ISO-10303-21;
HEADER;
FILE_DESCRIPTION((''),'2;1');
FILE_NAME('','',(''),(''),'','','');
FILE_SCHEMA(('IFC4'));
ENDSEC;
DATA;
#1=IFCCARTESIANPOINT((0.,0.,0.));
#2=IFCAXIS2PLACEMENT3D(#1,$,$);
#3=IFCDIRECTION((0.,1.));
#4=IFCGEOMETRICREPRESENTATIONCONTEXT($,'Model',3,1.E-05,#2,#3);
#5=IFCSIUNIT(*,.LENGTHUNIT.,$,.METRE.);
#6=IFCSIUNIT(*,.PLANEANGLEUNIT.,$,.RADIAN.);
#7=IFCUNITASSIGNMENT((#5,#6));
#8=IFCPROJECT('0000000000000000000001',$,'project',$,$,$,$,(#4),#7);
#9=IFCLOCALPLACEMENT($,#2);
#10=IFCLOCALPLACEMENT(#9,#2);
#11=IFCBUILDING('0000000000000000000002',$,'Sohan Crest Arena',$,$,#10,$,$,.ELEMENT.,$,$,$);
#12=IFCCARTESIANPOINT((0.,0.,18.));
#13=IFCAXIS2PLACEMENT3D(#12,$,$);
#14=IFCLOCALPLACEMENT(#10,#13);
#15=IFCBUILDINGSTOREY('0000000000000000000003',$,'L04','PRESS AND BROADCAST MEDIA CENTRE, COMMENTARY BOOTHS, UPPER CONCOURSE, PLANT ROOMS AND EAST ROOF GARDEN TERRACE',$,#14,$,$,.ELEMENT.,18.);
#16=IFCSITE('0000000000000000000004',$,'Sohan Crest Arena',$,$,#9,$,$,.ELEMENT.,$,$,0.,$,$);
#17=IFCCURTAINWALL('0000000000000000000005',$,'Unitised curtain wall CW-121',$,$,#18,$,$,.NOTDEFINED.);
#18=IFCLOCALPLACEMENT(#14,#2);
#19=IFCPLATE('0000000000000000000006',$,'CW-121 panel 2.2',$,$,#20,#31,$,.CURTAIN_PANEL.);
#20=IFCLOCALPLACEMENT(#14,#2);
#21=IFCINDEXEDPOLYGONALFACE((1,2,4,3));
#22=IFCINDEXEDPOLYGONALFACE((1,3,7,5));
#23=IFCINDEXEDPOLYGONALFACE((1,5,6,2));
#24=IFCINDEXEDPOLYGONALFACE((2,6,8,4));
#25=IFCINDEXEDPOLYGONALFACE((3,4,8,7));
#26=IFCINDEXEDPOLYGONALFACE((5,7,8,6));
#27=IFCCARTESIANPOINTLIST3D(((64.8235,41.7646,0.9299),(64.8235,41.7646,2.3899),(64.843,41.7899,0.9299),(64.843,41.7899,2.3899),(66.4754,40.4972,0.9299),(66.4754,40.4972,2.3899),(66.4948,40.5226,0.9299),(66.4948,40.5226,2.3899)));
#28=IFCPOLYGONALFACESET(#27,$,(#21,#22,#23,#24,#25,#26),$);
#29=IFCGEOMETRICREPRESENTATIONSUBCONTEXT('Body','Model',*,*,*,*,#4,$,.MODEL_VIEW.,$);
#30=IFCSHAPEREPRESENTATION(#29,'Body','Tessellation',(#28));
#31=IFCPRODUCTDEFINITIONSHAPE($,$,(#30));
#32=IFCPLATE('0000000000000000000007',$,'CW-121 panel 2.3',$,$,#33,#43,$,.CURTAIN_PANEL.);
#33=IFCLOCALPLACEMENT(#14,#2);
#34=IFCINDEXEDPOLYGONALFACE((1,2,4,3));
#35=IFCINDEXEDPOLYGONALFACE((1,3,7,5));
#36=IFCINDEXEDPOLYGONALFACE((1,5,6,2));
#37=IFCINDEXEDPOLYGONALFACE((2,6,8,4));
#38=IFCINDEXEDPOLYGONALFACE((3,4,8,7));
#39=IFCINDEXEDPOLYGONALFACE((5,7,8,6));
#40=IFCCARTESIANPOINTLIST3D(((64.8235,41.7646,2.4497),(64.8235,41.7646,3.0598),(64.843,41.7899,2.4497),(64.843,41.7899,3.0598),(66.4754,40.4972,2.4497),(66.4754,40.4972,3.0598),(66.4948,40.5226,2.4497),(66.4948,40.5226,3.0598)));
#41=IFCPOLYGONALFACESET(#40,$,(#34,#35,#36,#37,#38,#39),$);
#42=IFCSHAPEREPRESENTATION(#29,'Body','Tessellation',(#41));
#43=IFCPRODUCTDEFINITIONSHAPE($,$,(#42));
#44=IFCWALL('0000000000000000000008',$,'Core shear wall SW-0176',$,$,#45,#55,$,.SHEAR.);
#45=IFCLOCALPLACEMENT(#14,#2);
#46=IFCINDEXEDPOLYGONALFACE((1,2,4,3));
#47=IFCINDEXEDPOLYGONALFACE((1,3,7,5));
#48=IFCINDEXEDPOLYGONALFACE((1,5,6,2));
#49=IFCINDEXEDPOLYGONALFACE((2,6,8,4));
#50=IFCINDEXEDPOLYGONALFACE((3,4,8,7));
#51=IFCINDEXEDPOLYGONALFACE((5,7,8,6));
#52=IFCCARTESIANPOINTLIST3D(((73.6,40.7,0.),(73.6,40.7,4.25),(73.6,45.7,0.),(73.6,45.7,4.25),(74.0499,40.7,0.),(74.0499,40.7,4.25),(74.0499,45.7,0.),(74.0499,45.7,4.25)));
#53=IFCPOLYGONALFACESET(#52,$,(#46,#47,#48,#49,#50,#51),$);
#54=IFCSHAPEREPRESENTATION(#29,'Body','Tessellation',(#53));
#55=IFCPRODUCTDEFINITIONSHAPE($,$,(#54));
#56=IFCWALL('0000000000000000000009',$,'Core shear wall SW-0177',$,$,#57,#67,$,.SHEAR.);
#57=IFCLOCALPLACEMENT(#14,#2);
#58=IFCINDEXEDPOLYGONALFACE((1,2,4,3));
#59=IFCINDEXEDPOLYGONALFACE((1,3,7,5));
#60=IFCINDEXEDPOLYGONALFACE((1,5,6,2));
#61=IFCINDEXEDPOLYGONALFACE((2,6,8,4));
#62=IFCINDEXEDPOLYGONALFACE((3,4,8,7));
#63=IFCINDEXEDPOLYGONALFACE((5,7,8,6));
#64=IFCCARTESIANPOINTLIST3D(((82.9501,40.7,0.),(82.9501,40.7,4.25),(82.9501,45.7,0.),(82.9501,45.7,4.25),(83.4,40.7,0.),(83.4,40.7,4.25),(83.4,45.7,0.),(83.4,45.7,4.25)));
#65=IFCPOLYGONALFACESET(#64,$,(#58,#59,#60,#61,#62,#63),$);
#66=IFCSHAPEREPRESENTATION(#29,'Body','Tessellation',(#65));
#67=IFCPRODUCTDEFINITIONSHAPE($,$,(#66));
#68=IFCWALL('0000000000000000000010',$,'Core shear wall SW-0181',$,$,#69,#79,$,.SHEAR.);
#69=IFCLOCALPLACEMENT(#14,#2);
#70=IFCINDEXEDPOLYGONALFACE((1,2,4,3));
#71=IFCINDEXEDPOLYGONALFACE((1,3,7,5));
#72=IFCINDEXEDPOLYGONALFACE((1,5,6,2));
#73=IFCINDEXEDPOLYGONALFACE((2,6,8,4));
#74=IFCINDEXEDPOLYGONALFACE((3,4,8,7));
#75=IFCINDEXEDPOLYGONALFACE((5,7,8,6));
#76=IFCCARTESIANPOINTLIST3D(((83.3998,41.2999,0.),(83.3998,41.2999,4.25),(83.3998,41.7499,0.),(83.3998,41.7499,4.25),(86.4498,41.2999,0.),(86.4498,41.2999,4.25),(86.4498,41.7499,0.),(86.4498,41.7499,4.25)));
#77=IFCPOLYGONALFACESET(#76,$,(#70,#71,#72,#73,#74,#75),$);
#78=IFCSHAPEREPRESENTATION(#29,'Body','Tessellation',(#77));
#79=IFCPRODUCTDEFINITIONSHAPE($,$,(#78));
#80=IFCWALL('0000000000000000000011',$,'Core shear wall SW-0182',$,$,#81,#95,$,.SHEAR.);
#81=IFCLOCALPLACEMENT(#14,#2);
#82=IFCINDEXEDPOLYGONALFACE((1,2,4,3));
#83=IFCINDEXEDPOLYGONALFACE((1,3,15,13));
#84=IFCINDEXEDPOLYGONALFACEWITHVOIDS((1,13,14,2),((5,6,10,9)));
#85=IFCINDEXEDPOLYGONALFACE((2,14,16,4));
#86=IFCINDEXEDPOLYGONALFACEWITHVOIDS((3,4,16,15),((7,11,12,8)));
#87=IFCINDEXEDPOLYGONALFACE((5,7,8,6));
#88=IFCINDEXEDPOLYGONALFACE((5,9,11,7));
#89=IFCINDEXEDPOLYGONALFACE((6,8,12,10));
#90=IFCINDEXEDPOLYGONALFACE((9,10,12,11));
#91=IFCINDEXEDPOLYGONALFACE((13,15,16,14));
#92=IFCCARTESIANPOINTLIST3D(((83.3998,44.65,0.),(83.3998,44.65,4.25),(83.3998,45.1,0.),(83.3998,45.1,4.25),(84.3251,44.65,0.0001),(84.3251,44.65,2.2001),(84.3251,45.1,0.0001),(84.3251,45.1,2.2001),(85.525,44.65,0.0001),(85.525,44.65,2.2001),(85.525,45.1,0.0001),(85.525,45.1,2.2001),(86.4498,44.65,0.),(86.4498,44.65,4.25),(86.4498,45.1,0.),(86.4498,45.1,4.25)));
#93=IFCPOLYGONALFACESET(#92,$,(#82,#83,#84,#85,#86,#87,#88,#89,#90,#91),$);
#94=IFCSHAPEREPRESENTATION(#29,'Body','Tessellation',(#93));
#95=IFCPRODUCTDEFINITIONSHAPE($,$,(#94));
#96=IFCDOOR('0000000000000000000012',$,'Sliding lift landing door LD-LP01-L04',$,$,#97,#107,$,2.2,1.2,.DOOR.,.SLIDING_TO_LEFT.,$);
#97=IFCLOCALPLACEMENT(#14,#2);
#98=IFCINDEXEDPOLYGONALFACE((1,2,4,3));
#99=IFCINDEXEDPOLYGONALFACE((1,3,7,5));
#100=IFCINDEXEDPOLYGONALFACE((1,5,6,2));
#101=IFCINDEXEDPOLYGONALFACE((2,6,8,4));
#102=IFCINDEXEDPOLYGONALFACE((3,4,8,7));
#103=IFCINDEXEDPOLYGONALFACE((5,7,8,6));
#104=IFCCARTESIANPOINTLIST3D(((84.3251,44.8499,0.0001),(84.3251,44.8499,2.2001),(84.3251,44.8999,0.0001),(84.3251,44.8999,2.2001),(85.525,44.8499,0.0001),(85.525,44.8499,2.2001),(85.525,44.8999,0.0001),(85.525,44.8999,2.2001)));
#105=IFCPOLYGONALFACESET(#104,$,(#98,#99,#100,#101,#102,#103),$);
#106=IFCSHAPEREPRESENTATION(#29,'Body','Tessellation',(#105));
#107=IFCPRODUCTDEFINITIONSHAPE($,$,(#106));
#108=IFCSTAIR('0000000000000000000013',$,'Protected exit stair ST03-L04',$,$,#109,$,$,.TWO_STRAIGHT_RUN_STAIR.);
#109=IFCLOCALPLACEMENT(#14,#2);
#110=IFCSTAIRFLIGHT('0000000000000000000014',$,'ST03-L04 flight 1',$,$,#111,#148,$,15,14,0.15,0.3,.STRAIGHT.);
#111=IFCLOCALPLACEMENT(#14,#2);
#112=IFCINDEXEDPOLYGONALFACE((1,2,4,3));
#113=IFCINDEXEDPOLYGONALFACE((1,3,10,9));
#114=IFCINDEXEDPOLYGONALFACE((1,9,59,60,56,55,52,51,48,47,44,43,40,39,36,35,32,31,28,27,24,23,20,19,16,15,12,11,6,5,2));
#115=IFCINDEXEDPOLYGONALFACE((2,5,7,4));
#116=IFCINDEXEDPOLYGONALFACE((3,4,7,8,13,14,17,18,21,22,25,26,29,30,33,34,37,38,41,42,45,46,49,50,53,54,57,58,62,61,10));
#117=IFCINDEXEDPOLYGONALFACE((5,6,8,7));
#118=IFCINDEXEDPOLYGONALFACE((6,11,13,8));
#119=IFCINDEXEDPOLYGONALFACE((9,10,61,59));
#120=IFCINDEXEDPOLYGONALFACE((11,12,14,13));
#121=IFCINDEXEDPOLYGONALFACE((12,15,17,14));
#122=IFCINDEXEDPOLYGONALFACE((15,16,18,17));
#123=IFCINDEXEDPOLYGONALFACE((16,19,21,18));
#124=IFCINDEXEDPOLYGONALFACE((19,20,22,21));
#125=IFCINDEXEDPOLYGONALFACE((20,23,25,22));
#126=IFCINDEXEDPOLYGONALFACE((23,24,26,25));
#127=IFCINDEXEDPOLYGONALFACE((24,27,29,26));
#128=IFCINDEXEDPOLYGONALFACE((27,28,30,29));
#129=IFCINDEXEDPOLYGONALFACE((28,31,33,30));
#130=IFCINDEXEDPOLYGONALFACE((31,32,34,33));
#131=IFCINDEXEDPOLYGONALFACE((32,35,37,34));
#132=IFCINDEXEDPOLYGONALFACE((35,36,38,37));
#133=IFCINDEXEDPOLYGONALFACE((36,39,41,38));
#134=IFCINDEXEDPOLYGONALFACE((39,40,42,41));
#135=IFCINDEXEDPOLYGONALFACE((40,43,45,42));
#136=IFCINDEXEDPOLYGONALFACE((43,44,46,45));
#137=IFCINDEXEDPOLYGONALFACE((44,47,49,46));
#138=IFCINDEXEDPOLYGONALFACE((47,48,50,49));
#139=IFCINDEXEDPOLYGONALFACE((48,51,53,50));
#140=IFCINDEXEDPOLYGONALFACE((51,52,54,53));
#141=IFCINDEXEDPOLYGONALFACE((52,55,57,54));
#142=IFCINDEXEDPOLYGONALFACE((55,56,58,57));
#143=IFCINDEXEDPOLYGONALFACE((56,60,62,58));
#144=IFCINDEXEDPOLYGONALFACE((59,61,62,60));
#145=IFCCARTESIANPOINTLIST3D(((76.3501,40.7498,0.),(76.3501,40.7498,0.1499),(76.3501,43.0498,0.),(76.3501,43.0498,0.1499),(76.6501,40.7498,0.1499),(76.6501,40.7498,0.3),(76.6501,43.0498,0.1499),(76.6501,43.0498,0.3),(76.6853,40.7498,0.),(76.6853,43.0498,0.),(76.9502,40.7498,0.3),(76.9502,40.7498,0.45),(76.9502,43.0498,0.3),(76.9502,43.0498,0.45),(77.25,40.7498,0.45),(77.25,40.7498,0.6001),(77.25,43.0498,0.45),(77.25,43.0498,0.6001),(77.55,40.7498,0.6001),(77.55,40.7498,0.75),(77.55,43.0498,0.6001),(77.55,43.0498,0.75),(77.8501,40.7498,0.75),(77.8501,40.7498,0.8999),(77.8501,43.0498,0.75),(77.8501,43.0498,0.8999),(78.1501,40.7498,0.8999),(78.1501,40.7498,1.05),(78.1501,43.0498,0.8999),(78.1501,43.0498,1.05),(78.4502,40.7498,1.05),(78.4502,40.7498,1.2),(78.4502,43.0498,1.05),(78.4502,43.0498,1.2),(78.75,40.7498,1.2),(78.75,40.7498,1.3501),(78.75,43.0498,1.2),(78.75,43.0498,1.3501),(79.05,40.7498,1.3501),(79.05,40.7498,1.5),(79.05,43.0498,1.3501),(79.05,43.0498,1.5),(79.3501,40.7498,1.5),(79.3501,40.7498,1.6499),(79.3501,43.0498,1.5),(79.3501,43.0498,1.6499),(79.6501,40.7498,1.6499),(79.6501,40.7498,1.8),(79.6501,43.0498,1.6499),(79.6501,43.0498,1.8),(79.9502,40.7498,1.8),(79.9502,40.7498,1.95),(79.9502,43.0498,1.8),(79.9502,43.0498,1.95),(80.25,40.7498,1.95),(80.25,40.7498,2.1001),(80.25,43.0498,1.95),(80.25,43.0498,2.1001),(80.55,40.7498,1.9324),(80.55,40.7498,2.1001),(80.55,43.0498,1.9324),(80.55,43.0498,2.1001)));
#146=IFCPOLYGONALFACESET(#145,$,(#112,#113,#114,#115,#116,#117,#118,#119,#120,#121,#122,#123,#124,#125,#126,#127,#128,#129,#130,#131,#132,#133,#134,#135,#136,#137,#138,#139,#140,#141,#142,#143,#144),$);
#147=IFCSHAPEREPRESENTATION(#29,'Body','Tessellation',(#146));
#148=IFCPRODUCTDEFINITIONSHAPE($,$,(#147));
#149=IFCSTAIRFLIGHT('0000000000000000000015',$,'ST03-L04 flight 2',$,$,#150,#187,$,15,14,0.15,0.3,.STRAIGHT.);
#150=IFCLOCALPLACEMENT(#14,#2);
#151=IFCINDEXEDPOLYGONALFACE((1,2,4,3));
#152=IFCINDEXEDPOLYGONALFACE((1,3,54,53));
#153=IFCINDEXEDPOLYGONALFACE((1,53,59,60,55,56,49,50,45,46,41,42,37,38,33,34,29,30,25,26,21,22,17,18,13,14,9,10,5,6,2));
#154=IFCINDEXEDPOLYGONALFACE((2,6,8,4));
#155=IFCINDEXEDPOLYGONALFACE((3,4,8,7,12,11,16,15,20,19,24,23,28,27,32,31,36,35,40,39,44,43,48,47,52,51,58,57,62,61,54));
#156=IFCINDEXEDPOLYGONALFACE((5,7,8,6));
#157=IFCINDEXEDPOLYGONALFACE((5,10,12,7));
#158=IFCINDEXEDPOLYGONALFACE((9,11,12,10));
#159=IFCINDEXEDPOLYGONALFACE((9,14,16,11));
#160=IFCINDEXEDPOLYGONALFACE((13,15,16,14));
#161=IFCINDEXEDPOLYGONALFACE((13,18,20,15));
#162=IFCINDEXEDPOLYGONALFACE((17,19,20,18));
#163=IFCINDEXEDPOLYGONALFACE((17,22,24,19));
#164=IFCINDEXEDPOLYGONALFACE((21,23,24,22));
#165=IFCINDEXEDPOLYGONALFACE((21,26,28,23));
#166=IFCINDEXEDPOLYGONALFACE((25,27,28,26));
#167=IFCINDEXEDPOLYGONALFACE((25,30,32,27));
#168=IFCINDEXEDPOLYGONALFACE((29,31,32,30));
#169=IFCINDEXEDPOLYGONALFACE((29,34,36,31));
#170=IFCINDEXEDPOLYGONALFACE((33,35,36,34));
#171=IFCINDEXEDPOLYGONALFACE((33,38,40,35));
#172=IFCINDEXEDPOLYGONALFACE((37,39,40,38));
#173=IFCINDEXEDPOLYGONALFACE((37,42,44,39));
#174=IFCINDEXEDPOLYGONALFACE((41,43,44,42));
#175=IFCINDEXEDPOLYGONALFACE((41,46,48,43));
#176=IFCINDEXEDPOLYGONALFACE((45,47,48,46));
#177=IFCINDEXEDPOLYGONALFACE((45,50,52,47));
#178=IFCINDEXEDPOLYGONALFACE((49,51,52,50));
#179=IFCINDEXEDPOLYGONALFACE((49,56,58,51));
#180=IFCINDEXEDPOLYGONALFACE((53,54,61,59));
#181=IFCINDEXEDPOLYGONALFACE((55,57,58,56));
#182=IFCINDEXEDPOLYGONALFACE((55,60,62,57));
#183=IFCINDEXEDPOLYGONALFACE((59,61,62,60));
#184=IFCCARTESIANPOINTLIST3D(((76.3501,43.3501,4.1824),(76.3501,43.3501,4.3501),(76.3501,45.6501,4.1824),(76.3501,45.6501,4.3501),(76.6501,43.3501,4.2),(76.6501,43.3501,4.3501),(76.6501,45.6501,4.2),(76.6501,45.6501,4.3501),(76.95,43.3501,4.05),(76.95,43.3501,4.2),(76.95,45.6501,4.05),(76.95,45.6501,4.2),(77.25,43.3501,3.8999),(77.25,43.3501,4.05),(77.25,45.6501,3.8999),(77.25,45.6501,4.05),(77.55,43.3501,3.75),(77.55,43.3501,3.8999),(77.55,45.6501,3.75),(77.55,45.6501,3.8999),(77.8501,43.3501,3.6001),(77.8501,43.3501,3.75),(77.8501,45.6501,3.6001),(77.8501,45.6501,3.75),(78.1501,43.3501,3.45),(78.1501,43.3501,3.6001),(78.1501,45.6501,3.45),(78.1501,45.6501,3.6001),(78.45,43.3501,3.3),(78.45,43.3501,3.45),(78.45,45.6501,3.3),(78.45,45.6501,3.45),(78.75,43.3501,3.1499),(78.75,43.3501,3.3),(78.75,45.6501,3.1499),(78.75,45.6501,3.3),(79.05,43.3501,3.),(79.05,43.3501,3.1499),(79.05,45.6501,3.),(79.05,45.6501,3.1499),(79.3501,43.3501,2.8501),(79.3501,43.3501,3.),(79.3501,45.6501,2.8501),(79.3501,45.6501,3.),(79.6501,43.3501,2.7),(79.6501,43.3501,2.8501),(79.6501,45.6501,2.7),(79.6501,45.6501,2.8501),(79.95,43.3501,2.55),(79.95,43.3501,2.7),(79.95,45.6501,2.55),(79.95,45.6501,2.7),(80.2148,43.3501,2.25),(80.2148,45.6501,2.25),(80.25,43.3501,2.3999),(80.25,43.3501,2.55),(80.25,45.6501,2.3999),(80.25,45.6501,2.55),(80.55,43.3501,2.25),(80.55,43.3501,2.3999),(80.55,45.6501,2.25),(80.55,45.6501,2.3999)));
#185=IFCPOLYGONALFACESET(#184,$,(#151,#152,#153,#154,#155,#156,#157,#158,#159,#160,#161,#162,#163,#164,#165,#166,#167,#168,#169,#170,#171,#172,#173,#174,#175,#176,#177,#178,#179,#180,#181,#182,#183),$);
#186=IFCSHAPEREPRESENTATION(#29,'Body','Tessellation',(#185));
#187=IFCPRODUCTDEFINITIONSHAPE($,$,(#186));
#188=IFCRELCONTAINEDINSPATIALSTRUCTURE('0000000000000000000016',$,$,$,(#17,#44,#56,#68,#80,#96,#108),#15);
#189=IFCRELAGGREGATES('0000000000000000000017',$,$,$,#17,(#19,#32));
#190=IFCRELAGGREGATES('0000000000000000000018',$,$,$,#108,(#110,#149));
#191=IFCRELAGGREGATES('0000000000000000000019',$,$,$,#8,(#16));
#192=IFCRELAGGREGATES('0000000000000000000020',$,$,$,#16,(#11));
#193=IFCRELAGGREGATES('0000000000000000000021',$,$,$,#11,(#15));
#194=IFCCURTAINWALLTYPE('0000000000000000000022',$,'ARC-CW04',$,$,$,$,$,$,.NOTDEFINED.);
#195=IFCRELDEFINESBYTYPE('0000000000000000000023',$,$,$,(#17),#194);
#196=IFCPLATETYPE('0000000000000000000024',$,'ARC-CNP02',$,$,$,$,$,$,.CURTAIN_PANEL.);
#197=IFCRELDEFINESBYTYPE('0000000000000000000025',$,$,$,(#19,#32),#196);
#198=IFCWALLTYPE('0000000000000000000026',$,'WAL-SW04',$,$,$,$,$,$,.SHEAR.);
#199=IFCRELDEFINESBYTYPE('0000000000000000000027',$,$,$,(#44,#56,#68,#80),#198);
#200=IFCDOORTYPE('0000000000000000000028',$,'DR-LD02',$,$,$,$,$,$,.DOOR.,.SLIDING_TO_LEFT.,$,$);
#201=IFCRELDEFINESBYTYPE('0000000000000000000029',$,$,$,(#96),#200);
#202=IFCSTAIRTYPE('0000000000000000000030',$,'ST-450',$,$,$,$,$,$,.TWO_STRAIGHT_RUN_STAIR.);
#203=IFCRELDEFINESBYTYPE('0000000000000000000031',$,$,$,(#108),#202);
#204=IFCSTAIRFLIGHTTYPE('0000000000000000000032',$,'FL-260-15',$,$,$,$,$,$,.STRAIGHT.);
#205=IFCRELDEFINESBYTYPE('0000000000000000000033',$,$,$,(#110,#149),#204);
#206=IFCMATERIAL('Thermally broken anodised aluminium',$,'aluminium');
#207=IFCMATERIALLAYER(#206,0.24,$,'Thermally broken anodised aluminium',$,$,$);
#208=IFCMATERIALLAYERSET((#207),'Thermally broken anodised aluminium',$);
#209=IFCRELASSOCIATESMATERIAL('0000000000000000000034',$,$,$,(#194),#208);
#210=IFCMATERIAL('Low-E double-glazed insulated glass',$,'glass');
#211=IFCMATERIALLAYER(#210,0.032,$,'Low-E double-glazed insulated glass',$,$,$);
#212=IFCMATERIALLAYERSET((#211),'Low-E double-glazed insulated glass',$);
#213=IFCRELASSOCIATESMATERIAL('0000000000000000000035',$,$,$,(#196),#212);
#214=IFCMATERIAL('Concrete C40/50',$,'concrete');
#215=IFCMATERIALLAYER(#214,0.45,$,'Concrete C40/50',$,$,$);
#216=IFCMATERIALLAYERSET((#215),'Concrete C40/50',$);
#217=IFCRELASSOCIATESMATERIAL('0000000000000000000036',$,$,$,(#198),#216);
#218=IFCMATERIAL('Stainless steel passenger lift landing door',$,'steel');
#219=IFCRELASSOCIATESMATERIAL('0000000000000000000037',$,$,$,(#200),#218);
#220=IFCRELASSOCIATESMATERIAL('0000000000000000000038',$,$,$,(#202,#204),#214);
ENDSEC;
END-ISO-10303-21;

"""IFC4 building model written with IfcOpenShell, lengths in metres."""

from ifc_helpers import new_model, si_unit, direction, frame, frame_2d, origin, origin_2d, place, context, subcontext, project, spatial, polyline, rectangle, outline, extrude, material, layer, layer_set, type_object, element, fill, aggregate, save


model = new_model("IFC4")

# Units and contexts
model_context = context("Model", 3, precision=1e-05, world=origin(), true_north=direction((0.0, 1.0)))
body_context = subcontext(model_context, "Body", "Model", "MODEL_VIEW")
ifc_project = project(units=[si_unit("LENGTHUNIT", "METRE"), si_unit("PLANEANGLEUNIT", "RADIAN")], contexts=[model_context])

# Site, building, storey
site_placement = place(None, origin())
site = spatial("IfcSite", under=ifc_project, at=site_placement, Name="Sohan Crest Arena", CompositionType="ELEMENT", RefElevation=0.0)
building_placement = place(site_placement, origin())
building = spatial("IfcBuilding", under=site, at=building_placement, Name="Sohan Crest Arena", CompositionType="ELEMENT")
storey_placement = place(building_placement, frame((0.0, 0.0, 18.0)))
storey = spatial("IfcBuildingStorey", under=building, at=storey_placement, Name="L04", Description="PRESS AND BROADCAST MEDIA CENTRE, COMMENTARY BOOTHS, UPPER CONCOURSE, PLANT ROOMS AND EAST ROOF GARDEN TERRACE", CompositionType="ELEMENT", Elevation=18.0)

# Curtain wall
ifc_material_1 = material(Name="Thermally broken anodised aluminium", Category="aluminium")
ifc_layer_1 = layer(ifc_material_1, 0.24, Name="Thermally broken anodised aluminium")
ifc_layer_set_1 = layer_set([ifc_layer_1], Name="Thermally broken anodised aluminium")
curtain_wall_type = type_object("IfcCurtainWallType", Name="ARC-CW04", PredefinedType="NOTDEFINED", material=ifc_layer_set_1)
curtain_wall_placement = place(storey_placement, origin())
curtain_wall = element("IfcCurtainWall", 1, at=curtain_wall_placement, inside=storey, type_object=curtain_wall_type, Name="Unitised curtain wall CW-121", PredefinedType="NOTDEFINED")

# Plates
ifc_material_2 = material(Name="Low-E double-glazed insulated glass", Category="glass")
ifc_layer_2 = layer(ifc_material_2, 0.032, Name="Low-E double-glazed insulated glass")
ifc_layer_set_2 = layer_set([ifc_layer_2], Name="Low-E double-glazed insulated glass")
plate_type = type_object("IfcPlateType", Name="ARC-CNP02", PredefinedType="CURTAIN_PANEL", material=ifc_layer_set_2)
plate_1_placement = place(storey_placement, frame((65.6592, 41.1436, 0.9299), z_axis=(0.0, 0.0, 1.0), x_axis=(0.793385, -0.60872, 0.0)))
plate_1 = element("IfcPlate", 2, at=plate_1_placement, type_object=plate_type, Name="CW-121 panel 2.2", PredefinedType="CURTAIN_PANEL", context=body_context, shape_type="SweptSolid", body=[
    extrude(rectangle(XDim=2.082, YDim=0.032, at=origin_2d()), origin(), (0.0, 0.0, 1.0), 1.46),
])
plate_2_placement = place(storey_placement, frame((65.6592, 41.1436, 2.4497), z_axis=(0.0, 0.0, 1.0), x_axis=(0.793385, -0.60872, 0.0)))
plate_2 = element("IfcPlate", 3, at=plate_2_placement, type_object=plate_type, Name="CW-121 panel 2.3", PredefinedType="CURTAIN_PANEL", context=body_context, shape_type="SweptSolid", body=[
    extrude(rectangle(XDim=2.082, YDim=0.032, at=origin_2d()), origin(), (0.0, 0.0, 1.0), 0.6101),
])
aggregate(curtain_wall, [plate_1, plate_2])

# Walls
ifc_material_3 = material(Name="Concrete C40/50", Category="concrete")
ifc_layer_3 = layer(ifc_material_3, 0.45, Name="Concrete C40/50")
ifc_layer_set_3 = layer_set([ifc_layer_3], Name="Concrete C40/50")
wall_type = type_object("IfcWallType", Name="WAL-SW04", PredefinedType="SHEAR", material=ifc_layer_set_3)
for number, where, z_axis, x_axis, name in (
    (4, (73.825, 40.7, 0.0), (0.0, 0.0, 1.0), (0.0, 1.0, 0.0), "Core shear wall SW-0176"),
    (5, (83.175, 40.7, 0.0), (0.0, 0.0, 1.0), (0.0, 1.0, 0.0), "Core shear wall SW-0177"),
):
    element("IfcWall", number, at=place(storey_placement, frame(where, z_axis=z_axis, x_axis=x_axis)), inside=storey, type_object=wall_type, Name=name, PredefinedType="SHEAR", context=body_context, shape_type="SweptSolid", body=[
        extrude(rectangle(XDim=5.0, YDim=0.45, at=frame_2d((2.5, 0.0))), origin(), (0.0, 0.0, 1.0), 4.25),
    ])
wall_1_placement = place(storey_placement, frame((83.3999, 41.5249, 0.0), z_axis=(0.0, 0.0, 1.0), x_axis=(1.0, 0.0, 0.0)))
element("IfcWall", 6, at=wall_1_placement, inside=storey, type_object=wall_type, Name="Core shear wall SW-0181", PredefinedType="SHEAR", context=body_context, shape_type="SweptSolid", body=[
    extrude(rectangle(XDim=3.05, YDim=0.45, at=frame_2d((1.5249, 0.0))), origin(), (0.0, 0.0, 1.0), 4.25),
])

# Wall, opening, door
wall_2_placement = place(storey_placement, frame((83.3999, 44.875, 0.0), z_axis=(0.0, 0.0, 1.0), x_axis=(1.0, 0.0, 0.0)))
wall_2 = element("IfcWall", 7, at=wall_2_placement, inside=storey, type_object=wall_type, Name="Core shear wall SW-0182", PredefinedType="SHEAR", context=body_context, shape_type="SweptSolid", body=[
    extrude(rectangle(XDim=3.05, YDim=0.45, at=frame_2d((1.5249, 0.0))), origin(), (0.0, 0.0, 1.0), 4.25),
])
opening_placement = place(wall_2_placement, frame((0.925, 0.0, 0.0)))
opening = element("IfcOpeningElement", 8, at=opening_placement, cuts=wall_2, PredefinedType="OPENING", context=body_context, shape_type="SweptSolid", body=[
    extrude(rectangle(XDim=1.2, YDim=2.2, at=frame_2d((0.6001, 1.1001))), frame((0.0, 0.2349, 0.0), z_axis=(0.0, -1.0, 0.0), x_axis=(1.0, 0.0, 0.0)), (0.0, 0.0, 1.0), 0.47),
])
ifc_material_4 = material(Name="Stainless steel passenger lift landing door", Category="steel")
door_type = type_object("IfcDoorType", Name="DR-LD02", OperationType="SLIDING_TO_LEFT", PredefinedType="DOOR", material=ifc_material_4)
door_placement = place(opening_placement, origin())
door = element("IfcDoor", 9, at=door_placement, inside=storey, type_object=door_type, Name="Sliding lift landing door LD-LP01-L04", OperationType="SLIDING_TO_LEFT", OverallHeight=2.2, OverallWidth=1.2, PredefinedType="DOOR", context=body_context, shape_type="SweptSolid", body=[
    extrude(rectangle(XDim=1.2, YDim=2.2, at=frame_2d((0.6001, 1.1001))), frame((0.0, 0.0249, 0.0), z_axis=(0.0, -1.0, 0.0), x_axis=(1.0, 0.0, 0.0)), (0.0, 0.0, 1.0), 0.05),
])
fill(opening, door)

# Stair, stair flights
stair_type = type_object("IfcStairType", Name="ST-450", PredefinedType="TWO_STRAIGHT_RUN_STAIR", material=ifc_material_3)
stair_placement = place(storey_placement, origin())
stair = element("IfcStair", 10, at=stair_placement, inside=storey, type_object=stair_type, Name="Protected exit stair ST03-L04", PredefinedType="TWO_STRAIGHT_RUN_STAIR")
stair_flight_type = type_object("IfcStairFlightType", Name="FL-260-15", PredefinedType="STRAIGHT", material=ifc_material_3)
stair_flight_1_placement = place(storey_placement, frame((76.3501, 41.8999, 0.0), z_axis=(0.0, 0.0, 1.0), x_axis=(1.0, 0.0, 0.0)))
stair_flight_1 = element("IfcStairFlight", 11, at=stair_flight_1_placement, type_object=stair_flight_type, Name="ST03-L04 flight 1", NumberOfRisers=15, NumberOfTreads=14, PredefinedType="STRAIGHT", RiserHeight=0.15, TreadLength=0.3, context=body_context, shape_type="SweptSolid", body=[
    extrude(outline(polyline([(0.0, 0.0), (0.0, 0.1499), (0.3, 0.1499), (0.3, 0.3), (0.6001, 0.3), (0.6001, 0.45), (0.8999, 0.45), (0.8999, 0.6001), (1.2, 0.6001), (1.2, 0.75), (1.5, 0.75), (1.5, 0.8999), (1.8, 0.8999), (1.8, 1.05), (2.1001, 1.05), (2.1001, 1.2), (2.3999, 1.2), (2.3999, 1.3501), (2.7, 1.3501), (2.7, 1.5), (3.0, 1.5), (3.0, 1.6499), (3.3, 1.6499), (3.3, 1.8), (3.6001, 1.8), (3.6001, 1.95), (3.8999, 1.95), (3.8999, 2.1001), (4.2, 2.1001), (4.2, 2.25), (4.2, 1.9324), (0.3352, 0.0), (0.0, 0.0)])), frame((0.0, 1.1499, 0.0), z_axis=(0.0, -1.0, 0.0), x_axis=(1.0, 0.0, 0.0)), (0.0, 0.0, 1.0), 2.3),
])
stair_flight_2_placement = place(storey_placement, frame((80.55, 44.5, 2.25), z_axis=(0.0, 0.0, 1.0), x_axis=(-1.0, 0.0, 0.0)))
stair_flight_2 = element("IfcStairFlight", 12, at=stair_flight_2_placement, type_object=stair_flight_type, Name="ST03-L04 flight 2", NumberOfRisers=15, NumberOfTreads=14, PredefinedType="STRAIGHT", RiserHeight=0.15, TreadLength=0.3, context=body_context, shape_type="SweptSolid", body=[
    extrude(outline(polyline([(0.0, 0.0), (0.0, 0.1499), (0.3, 0.1499), (0.3, 0.3), (0.6001, 0.3), (0.6001, 0.45), (0.8999, 0.45), (0.8999, 0.6001), (1.2, 0.6001), (1.2, 0.75), (1.5, 0.75), (1.5, 0.8999), (1.8, 0.8999), (1.8, 1.05), (2.1001, 1.05), (2.1001, 1.2), (2.3999, 1.2), (2.3999, 1.3501), (2.7, 1.3501), (2.7, 1.5), (3.0, 1.5), (3.0, 1.6499), (3.3, 1.6499), (3.3, 1.8), (3.6001, 1.8), (3.6001, 1.95), (3.8999, 1.95), (3.8999, 2.1001), (4.2, 2.1001), (4.2, 2.25), (4.2, 1.9324), (0.3352, 0.0), (0.0, 0.0)])), frame((0.0, 1.1499, 0.0), z_axis=(0.0, -1.0, 0.0), x_axis=(1.0, 0.0, 0.0)), (0.0, 0.0, 1.0), 2.3),
])
aggregate(stair, [stair_flight_1, stair_flight_2])

save(model, "model.ifc")
